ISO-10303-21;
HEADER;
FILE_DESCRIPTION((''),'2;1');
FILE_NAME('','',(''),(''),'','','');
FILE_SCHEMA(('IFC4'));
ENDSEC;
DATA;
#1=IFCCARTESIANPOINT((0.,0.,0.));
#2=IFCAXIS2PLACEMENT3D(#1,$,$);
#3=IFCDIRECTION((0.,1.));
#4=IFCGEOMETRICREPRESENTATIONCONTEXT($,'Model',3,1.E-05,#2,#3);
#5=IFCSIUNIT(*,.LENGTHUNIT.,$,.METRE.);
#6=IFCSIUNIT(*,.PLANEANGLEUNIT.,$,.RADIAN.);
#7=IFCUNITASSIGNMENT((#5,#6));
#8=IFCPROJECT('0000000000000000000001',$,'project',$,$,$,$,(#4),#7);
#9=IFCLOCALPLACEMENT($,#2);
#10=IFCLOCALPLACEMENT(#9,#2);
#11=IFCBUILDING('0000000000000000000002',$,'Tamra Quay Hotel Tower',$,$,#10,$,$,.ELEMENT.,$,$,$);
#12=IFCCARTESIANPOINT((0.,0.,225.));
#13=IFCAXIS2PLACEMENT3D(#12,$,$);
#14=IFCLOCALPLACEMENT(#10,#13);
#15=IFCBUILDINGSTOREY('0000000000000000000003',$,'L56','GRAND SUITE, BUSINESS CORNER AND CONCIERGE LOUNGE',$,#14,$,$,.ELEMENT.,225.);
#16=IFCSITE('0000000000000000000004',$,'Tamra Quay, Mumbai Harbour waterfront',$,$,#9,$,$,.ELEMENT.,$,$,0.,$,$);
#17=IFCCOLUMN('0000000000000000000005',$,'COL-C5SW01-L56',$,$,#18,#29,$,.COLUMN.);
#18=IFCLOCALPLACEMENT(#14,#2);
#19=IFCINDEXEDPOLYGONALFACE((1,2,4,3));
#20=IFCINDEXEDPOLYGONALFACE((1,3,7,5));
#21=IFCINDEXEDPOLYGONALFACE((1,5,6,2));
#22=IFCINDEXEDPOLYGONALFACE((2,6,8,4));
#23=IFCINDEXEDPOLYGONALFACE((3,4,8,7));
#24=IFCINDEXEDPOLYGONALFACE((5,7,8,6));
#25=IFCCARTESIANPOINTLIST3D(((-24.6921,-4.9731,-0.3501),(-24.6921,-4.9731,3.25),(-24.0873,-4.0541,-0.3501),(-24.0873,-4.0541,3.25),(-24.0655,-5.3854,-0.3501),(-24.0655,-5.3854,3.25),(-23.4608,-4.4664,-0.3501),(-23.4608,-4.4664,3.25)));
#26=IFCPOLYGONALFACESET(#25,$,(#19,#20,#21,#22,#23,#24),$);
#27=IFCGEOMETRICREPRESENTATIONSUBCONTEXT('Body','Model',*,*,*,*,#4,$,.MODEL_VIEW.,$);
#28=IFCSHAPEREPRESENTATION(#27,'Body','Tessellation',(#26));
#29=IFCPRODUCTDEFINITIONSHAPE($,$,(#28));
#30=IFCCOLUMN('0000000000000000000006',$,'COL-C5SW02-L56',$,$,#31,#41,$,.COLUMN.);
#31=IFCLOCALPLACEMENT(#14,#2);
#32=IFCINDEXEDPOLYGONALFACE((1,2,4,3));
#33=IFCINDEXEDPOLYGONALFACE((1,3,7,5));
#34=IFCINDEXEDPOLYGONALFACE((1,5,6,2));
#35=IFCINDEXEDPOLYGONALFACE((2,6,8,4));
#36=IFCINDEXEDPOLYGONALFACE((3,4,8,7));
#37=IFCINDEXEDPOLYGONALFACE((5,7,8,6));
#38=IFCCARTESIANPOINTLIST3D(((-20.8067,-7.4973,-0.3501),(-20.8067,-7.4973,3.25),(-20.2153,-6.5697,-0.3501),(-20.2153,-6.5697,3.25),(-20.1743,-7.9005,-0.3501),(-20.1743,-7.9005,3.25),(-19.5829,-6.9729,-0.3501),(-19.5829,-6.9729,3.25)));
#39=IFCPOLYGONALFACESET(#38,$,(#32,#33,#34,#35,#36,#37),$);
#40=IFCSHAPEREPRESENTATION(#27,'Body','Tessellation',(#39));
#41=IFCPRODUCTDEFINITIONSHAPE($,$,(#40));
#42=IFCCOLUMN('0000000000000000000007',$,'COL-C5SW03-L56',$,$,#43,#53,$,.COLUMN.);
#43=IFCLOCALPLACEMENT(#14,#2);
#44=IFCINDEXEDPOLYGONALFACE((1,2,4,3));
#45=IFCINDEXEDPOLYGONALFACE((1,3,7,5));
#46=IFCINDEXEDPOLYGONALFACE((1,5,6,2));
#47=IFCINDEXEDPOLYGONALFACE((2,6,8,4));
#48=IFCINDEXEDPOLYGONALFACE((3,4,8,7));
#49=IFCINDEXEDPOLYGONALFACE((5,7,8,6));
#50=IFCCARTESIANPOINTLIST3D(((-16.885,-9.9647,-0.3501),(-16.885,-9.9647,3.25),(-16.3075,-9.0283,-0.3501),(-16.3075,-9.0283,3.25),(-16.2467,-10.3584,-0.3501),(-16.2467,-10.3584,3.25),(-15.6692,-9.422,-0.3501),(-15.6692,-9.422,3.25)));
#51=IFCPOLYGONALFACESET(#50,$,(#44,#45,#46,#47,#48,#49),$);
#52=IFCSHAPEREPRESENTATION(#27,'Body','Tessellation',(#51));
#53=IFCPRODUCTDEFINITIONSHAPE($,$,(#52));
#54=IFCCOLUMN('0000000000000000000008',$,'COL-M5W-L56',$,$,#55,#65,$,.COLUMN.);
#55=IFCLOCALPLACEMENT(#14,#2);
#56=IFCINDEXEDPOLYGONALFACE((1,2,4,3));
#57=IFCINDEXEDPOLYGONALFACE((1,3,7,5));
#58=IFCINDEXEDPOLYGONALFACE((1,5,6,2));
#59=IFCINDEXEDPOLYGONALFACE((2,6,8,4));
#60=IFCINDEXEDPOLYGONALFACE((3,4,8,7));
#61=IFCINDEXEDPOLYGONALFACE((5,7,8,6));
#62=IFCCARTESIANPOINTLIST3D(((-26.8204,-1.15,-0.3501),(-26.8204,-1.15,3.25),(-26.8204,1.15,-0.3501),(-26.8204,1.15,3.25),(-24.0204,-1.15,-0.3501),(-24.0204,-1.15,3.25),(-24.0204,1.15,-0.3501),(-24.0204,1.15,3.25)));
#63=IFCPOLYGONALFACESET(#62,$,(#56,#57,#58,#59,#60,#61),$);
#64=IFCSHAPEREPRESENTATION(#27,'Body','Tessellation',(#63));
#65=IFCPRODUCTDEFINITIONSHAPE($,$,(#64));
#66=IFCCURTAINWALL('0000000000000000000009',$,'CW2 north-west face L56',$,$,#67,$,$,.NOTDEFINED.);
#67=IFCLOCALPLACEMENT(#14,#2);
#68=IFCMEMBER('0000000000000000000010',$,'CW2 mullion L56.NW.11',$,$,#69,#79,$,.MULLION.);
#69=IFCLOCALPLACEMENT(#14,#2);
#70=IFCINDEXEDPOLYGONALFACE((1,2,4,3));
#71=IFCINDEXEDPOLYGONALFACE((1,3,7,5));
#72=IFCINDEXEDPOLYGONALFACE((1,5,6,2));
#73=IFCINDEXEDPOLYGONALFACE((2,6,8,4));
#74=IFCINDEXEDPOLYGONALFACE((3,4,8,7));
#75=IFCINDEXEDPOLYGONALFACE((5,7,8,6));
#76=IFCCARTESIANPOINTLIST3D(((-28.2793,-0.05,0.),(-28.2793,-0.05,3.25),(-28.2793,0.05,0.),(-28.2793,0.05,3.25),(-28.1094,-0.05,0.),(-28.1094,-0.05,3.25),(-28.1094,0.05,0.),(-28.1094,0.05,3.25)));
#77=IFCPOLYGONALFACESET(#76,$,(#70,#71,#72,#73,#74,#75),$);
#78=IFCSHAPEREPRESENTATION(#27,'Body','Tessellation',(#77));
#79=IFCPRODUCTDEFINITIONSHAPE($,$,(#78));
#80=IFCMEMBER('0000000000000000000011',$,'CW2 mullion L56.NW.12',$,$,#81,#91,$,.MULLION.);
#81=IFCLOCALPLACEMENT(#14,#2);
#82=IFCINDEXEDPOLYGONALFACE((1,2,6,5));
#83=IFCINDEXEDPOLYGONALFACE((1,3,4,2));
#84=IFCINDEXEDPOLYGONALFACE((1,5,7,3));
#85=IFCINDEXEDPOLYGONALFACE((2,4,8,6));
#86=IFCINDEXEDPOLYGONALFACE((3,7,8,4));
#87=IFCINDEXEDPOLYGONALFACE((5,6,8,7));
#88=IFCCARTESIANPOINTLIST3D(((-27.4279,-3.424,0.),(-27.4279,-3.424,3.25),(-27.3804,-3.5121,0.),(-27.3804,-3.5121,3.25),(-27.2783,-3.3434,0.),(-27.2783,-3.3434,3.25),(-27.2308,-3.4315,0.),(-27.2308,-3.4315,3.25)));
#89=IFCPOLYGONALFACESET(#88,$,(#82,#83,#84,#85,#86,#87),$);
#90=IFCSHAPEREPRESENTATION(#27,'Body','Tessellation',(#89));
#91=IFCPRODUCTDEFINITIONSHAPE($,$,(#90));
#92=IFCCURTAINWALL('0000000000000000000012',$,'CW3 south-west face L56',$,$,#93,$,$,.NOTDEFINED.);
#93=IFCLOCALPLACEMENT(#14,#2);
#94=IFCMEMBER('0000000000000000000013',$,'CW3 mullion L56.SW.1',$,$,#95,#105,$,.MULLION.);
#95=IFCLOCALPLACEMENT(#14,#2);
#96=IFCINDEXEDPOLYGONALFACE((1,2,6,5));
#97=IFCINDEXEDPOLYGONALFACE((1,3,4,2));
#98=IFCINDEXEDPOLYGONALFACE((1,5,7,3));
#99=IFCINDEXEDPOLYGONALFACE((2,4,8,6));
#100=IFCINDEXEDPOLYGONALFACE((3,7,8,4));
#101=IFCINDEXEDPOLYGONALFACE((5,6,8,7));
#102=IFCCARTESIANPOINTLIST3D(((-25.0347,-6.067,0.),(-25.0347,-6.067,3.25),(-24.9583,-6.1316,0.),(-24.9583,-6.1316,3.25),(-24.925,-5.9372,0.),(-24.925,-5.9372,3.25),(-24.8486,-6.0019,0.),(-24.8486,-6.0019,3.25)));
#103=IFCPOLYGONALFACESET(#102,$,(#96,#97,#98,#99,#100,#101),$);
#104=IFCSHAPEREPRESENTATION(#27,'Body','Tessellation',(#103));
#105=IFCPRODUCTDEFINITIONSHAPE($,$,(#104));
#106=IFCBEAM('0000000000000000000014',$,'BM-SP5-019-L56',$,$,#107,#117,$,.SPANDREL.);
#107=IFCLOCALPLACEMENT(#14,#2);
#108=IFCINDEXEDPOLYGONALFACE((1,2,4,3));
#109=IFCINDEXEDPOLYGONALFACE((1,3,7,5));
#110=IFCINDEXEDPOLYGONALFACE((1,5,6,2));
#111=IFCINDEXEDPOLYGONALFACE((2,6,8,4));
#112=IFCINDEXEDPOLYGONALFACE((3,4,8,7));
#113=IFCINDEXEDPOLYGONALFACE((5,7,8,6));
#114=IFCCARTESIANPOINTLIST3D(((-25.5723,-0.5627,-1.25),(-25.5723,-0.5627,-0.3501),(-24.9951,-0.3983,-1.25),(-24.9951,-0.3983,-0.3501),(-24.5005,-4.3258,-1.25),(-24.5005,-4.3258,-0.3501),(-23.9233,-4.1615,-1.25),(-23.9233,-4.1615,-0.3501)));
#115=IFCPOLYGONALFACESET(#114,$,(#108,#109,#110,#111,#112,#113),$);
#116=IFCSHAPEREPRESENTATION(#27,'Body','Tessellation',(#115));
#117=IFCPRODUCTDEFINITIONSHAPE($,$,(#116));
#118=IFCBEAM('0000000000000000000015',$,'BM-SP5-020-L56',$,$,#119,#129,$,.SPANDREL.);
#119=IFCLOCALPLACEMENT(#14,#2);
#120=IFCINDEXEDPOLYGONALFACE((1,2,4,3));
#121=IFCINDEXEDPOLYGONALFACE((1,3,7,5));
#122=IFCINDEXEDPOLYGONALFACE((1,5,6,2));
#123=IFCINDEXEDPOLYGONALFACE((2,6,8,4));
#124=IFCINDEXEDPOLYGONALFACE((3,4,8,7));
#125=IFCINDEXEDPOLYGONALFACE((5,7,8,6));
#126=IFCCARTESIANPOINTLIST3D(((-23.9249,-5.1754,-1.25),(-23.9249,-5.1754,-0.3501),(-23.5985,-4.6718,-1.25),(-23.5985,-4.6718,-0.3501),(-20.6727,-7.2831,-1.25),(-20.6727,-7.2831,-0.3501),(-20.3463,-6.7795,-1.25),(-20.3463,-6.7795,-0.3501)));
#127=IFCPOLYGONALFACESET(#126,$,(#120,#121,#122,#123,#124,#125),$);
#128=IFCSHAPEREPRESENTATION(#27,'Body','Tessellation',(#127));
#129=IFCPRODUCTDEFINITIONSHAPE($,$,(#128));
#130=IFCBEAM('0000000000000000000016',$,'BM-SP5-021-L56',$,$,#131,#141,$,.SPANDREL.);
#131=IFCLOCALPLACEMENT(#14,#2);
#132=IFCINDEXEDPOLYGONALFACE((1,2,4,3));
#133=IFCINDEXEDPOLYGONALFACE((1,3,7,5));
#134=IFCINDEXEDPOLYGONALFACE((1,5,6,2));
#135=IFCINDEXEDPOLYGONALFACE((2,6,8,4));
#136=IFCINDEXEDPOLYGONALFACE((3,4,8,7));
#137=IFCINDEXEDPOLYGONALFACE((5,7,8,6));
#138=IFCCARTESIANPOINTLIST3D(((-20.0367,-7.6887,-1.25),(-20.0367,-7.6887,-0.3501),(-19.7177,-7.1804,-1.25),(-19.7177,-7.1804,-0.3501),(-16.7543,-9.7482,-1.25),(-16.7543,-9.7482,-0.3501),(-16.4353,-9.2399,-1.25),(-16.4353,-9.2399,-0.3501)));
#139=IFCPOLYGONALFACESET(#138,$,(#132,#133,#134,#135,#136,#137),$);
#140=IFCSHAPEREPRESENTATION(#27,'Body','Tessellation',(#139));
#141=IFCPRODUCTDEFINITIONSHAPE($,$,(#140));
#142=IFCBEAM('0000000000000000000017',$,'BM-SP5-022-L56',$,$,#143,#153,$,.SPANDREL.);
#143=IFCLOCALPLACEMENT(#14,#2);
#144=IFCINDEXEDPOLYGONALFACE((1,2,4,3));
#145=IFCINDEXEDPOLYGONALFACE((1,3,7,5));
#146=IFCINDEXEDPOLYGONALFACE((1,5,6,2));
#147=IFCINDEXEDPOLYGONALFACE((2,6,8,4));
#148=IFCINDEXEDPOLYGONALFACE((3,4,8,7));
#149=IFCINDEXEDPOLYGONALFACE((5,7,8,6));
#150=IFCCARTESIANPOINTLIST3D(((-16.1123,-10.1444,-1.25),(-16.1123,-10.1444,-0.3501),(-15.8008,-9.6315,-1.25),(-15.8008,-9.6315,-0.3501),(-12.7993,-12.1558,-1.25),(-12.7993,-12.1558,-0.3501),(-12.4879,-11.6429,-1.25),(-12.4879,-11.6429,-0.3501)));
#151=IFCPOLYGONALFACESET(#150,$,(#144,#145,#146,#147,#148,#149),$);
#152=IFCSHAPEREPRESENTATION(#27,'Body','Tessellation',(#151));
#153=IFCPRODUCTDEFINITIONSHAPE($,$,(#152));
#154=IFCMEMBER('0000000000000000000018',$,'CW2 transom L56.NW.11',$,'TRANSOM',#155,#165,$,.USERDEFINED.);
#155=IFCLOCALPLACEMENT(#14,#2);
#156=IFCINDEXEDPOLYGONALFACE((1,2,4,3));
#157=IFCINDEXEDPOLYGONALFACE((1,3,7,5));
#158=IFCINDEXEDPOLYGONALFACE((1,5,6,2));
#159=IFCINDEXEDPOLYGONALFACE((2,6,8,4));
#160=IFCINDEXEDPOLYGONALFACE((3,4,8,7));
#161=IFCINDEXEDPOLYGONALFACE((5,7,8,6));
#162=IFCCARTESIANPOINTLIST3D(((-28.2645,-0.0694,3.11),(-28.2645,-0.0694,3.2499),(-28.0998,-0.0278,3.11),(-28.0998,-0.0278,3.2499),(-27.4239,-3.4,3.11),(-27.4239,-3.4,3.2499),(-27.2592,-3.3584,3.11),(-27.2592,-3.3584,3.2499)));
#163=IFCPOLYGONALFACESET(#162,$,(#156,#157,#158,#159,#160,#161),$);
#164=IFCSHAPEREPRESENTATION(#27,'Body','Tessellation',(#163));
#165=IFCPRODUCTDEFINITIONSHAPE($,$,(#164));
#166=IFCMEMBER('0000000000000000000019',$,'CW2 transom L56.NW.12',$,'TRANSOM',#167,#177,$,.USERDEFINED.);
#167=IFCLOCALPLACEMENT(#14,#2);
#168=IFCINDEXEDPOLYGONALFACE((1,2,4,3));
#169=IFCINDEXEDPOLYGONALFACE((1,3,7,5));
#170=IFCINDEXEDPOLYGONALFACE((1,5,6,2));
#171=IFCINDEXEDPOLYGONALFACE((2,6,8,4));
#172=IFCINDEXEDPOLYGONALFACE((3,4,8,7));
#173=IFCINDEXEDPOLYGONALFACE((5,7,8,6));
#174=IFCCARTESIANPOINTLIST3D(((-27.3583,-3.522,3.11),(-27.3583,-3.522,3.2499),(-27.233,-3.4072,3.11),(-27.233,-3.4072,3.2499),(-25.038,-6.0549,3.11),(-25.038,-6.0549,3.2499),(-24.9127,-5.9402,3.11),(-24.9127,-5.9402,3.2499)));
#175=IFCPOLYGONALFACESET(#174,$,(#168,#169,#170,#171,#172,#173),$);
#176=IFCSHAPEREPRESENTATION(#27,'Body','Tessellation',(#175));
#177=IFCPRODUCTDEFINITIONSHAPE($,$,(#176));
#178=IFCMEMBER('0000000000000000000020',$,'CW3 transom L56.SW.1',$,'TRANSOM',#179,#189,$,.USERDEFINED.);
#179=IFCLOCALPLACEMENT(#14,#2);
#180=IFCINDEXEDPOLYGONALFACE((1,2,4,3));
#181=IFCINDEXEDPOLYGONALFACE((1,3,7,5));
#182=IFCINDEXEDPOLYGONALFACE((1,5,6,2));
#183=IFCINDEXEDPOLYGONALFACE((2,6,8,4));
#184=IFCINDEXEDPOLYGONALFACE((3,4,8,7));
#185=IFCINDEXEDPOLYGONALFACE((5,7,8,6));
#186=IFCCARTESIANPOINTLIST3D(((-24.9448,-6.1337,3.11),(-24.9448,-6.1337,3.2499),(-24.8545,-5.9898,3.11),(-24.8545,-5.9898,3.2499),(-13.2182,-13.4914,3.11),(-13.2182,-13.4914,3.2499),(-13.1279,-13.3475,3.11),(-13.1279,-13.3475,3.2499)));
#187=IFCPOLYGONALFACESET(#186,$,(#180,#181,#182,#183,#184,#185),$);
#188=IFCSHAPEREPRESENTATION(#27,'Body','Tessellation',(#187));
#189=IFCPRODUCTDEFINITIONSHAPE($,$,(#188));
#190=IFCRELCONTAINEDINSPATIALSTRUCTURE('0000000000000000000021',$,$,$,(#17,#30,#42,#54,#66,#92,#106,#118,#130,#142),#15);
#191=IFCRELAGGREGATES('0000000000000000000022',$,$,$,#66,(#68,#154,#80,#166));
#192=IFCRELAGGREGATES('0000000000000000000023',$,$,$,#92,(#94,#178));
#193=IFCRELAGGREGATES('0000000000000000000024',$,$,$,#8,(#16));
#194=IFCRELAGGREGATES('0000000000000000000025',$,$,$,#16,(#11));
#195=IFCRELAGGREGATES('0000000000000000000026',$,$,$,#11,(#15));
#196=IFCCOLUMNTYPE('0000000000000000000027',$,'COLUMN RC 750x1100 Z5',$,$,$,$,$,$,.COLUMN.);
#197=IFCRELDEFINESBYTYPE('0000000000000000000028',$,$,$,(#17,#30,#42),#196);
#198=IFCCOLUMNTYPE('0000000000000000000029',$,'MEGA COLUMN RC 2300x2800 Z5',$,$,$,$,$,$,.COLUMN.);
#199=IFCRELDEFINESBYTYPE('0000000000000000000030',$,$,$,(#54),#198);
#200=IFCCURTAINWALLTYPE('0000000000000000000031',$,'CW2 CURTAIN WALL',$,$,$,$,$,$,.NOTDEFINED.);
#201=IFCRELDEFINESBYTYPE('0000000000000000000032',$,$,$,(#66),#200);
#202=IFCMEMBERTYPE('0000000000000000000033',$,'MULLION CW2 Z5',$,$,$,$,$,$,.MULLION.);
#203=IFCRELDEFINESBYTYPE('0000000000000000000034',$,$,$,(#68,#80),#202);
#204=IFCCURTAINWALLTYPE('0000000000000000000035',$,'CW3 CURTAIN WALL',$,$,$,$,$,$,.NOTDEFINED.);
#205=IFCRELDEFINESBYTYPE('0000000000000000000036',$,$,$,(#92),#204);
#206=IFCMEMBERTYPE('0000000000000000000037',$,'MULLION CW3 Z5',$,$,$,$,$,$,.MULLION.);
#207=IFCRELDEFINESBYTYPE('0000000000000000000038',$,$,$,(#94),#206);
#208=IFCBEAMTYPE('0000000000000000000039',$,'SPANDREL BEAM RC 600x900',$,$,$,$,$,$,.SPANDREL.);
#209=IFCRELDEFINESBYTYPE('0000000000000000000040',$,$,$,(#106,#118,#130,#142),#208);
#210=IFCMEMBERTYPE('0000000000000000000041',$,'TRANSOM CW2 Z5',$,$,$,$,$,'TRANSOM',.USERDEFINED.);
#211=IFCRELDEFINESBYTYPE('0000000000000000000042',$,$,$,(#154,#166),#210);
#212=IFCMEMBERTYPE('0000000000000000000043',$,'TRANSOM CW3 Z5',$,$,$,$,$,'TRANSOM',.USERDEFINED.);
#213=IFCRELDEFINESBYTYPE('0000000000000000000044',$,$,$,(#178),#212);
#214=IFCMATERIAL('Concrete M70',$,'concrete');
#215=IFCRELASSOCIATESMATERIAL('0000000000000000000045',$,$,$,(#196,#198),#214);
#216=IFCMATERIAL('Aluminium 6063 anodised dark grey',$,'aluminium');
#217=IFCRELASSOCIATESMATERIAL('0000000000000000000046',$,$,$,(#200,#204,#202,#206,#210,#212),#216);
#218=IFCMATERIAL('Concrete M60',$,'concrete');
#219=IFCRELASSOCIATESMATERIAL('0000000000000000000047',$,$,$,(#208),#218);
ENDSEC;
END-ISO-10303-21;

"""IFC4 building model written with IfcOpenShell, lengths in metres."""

from ifc_helpers import new_model, si_unit, direction, frame, origin, origin_2d, place, context, subcontext, project, spatial, rectangle, extrude, material, material_profile, profile_set, type_object, element, aggregate, save


model = new_model("IFC4")

# Units and contexts
model_context = context("Model", 3, precision=1e-05, world=origin(), true_north=direction((0.0, 1.0)))
body_context = subcontext(model_context, "Body", "Model", "MODEL_VIEW")
ifc_project = project(units=[si_unit("LENGTHUNIT", "METRE"), si_unit("PLANEANGLEUNIT", "RADIAN")], contexts=[model_context])

# Site, building, storey
site_placement = place(None, origin())
site = spatial("IfcSite", under=ifc_project, at=site_placement, Name="Tamra Quay, Mumbai Harbour waterfront", CompositionType="ELEMENT", RefElevation=0.0)
building_placement = place(site_placement, origin())
building = spatial("IfcBuilding", under=site, at=building_placement, Name="Tamra Quay Hotel Tower", CompositionType="ELEMENT")
storey_placement = place(building_placement, frame((0.0, 0.0, 225.0)))
storey = spatial("IfcBuildingStorey", under=building, at=storey_placement, Name="L56", Description="GRAND SUITE, BUSINESS CORNER AND CONCIERGE LOUNGE", CompositionType="ELEMENT", Elevation=225.0)

# Columns
ifc_material_1 = material(Name="Concrete M70", Category="concrete")
ifc_material_profile_1 = material_profile(ifc_material_1, rectangle(XDim=1.1001, YDim=0.75, at=origin_2d()), Name="COLUMN RC 750x1100 Z5")
ifc_profile_set_1 = profile_set([ifc_material_profile_1], Name="Concrete M70")
column_type_1 = type_object("IfcColumnType", Name="COLUMN RC 750x1100 Z5", PredefinedType="COLUMN", material=ifc_profile_set_1)
for number, where, z_axis, x_axis, name in (
    (1, (-24.0764, -4.7197, -0.3501), (0.0, 0.0, 1.0), (0.549739, 0.835337, 0.0), "COL-C5SW01-L56"),
    (2, (-20.1948, -7.2351, -0.3501), (0.0, 0.0, 1.0), (0.537585, 0.843209, 0.0), "COL-C5SW02-L56"),
    (3, (-16.2771, -9.6934, -0.3501), (0.0, 0.0, 1.0), (0.524928, 0.851147, 0.0), "COL-C5SW03-L56"),
):
    element("IfcColumn", number, at=place(storey_placement, frame(where, z_axis=z_axis, x_axis=x_axis)), inside=storey, type_object=column_type_1, Name=name, PredefinedType="COLUMN", context=body_context, shape_type="SweptSolid", body=[
        extrude(rectangle(XDim=1.1001, YDim=0.75, at=origin_2d()), origin(), (0.0, 0.0, 1.0), 3.6001),
    ])
ifc_material_profile_2 = material_profile(ifc_material_1, rectangle(XDim=2.8, YDim=2.3, at=origin_2d()), Name="MEGA COLUMN RC 2300x2800 Z5")
ifc_profile_set_2 = profile_set([ifc_material_profile_2], Name="Concrete M70")
column_type_2 = type_object("IfcColumnType", Name="MEGA COLUMN RC 2300x2800 Z5", PredefinedType="COLUMN", material=ifc_profile_set_2)
column_placement = place(storey_placement, frame((-25.4204, 0.0, -0.3501), z_axis=(0.0, 0.0, 1.0), x_axis=(1.0, 0.0, 0.0)))
element("IfcColumn", 4, at=column_placement, inside=storey, type_object=column_type_2, Name="COL-M5W-L56", PredefinedType="COLUMN", context=body_context, shape_type="SweptSolid", body=[
    extrude(rectangle(XDim=2.8, YDim=2.3, at=origin_2d()), origin(), (0.0, 0.0, 1.0), 3.6001),
])

# Curtain wall, members
ifc_material_2 = material(Name="Aluminium 6063 anodised dark grey", Category="aluminium")
curtain_wall_type_1 = type_object("IfcCurtainWallType", Name="CW2 CURTAIN WALL", PredefinedType="NOTDEFINED", material=ifc_material_2)
curtain_wall_1_placement = place(storey_placement, origin())
curtain_wall_1 = element("IfcCurtainWall", 5, at=curtain_wall_1_placement, inside=storey, type_object=curtain_wall_type_1, Name="CW2 north-west face L56", PredefinedType="NOTDEFINED")
ifc_material_profile_3 = material_profile(ifc_material_2, rectangle(XDim=0.1699, YDim=0.1001, at=origin_2d()), Name="MULLION 100X170")
ifc_profile_set_3 = profile_set([ifc_material_profile_3], Name="Aluminium 6063 anodised dark grey")
member_type_1 = type_object("IfcMemberType", Name="MULLION CW2 Z5", PredefinedType="MULLION", material=ifc_profile_set_3)
member_1_placement = place(storey_placement, frame((-28.1943, 0.0, 0.0), z_axis=(0.0, 0.0, 1.0), x_axis=(-1.0, 0.0, 0.0)))
member_1 = element("IfcMember", 6, at=member_1_placement, type_object=member_type_1, Name="CW2 mullion L56.NW.11", PredefinedType="MULLION", context=body_context, shape_type="SweptSolid", body=[
    extrude(rectangle(XDim=0.1699, YDim=0.1001, at=origin_2d()), origin(), (0.0, 0.0, 1.0), 3.25),
])
member_2_placement = place(storey_placement, frame((-27.3293, -3.4277, 0.0), z_axis=(0.0, 0.0, 1.0), x_axis=(-0.880267, -0.474479, 0.0)))
member_2 = element("IfcMember", 7, at=member_2_placement, type_object=member_type_1, Name="CW2 mullion L56.NW.12", PredefinedType="MULLION", context=body_context, shape_type="SweptSolid", body=[
    extrude(rectangle(XDim=0.1699, YDim=0.1001, at=origin_2d()), origin(), (0.0, 0.0, 1.0), 3.25),
])

# Curtain wall, member
curtain_wall_type_2 = type_object("IfcCurtainWallType", Name="CW3 CURTAIN WALL", PredefinedType="NOTDEFINED", material=ifc_material_2)
curtain_wall_2_placement = place(storey_placement, origin())
curtain_wall_2 = element("IfcCurtainWall", 8, at=curtain_wall_2_placement, inside=storey, type_object=curtain_wall_type_2, Name="CW3 south-west face L56", PredefinedType="NOTDEFINED")
ifc_material_profile_4 = material_profile(ifc_material_2, rectangle(XDim=0.1699, YDim=0.1001, at=origin_2d()), Name="MULLION 100X170")
ifc_profile_set_4 = profile_set([ifc_material_profile_4], Name="Aluminium 6063 anodised dark grey")
member_type_2 = type_object("IfcMemberType", Name="MULLION CW3 Z5", PredefinedType="MULLION", material=ifc_profile_set_4)
member_3_placement = place(storey_placement, frame((-24.9417, -6.0344, 0.0), z_axis=(0.0, 0.0, 1.0), x_axis=(-0.645846, -0.763467, 0.0)))
member_3 = element("IfcMember", 9, at=member_3_placement, type_object=member_type_2, Name="CW3 mullion L56.SW.1", PredefinedType="MULLION", context=body_context, shape_type="SweptSolid", body=[
    extrude(rectangle(XDim=0.1699, YDim=0.1001, at=origin_2d()), origin(), (0.0, 0.0, 1.0), 3.25),
])

# Beams
ifc_material_3 = material(Name="Concrete M60", Category="concrete")
ifc_material_profile_5 = material_profile(ifc_material_3, rectangle(XDim=0.6001, YDim=0.8999, at=origin_2d()), Name="SPANDREL BEAM RC 600x900")
ifc_profile_set_5 = profile_set([ifc_material_profile_5], Name="Concrete M60")
beam_type = type_object("IfcBeamType", Name="SPANDREL BEAM RC 600x900", PredefinedType="SPANDREL", material=ifc_profile_set_5)
beam_1_placement = place(storey_placement, frame((-25.2837, -0.4805, -0.8), z_axis=(0.273913, -0.961754, 0.0), x_axis=(0.961754, 0.273913, 0.0)))
element("IfcBeam", 10, at=beam_1_placement, inside=storey, type_object=beam_type, Name="BM-SP5-019-L56", PredefinedType="SPANDREL", context=body_context, shape_type="SweptSolid", body=[
    extrude(rectangle(XDim=0.6001, YDim=0.8999, at=origin_2d()), origin(), (0.0, 0.0, 1.0), 3.9128),
])
beam_2_placement = place(storey_placement, frame((-23.7617, -4.9236, -0.8), z_axis=(0.839181, -0.543852, 0.0), x_axis=(0.543852, 0.839181, 0.0)))
element("IfcBeam", 11, at=beam_2_placement, inside=storey, type_object=beam_type, Name="BM-SP5-020-L56", PredefinedType="SPANDREL", context=body_context, shape_type="SweptSolid", body=[
    extrude(rectangle(XDim=0.6001, YDim=0.8999, at=origin_2d()), origin(), (0.0, 0.0, 1.0), 3.8755),
])
beam_3_placement = place(storey_placement, frame((-19.8772, -7.4346, -0.8), z_axis=(0.847066, -0.531488, 0.0), x_axis=(0.531488, 0.847066, 0.0)))
element("IfcBeam", 12, at=beam_3_placement, inside=storey, type_object=beam_type, Name="BM-SP5-021-L56", PredefinedType="SPANDREL", context=body_context, shape_type="SweptSolid", body=[
    extrude(rectangle(XDim=0.6001, YDim=0.8999, at=origin_2d()), origin(), (0.0, 0.0, 1.0), 3.875),
])
beam_4_placement = place(storey_placement, frame((-15.9565, -9.8879, -0.8), z_axis=(0.854786, -0.518981, 0.0), x_axis=(0.518981, 0.854786, 0.0)))
element("IfcBeam", 13, at=beam_4_placement, inside=storey, type_object=beam_type, Name="BM-SP5-022-L56", PredefinedType="SPANDREL", context=body_context, shape_type="SweptSolid", body=[
    extrude(rectangle(XDim=0.6001, YDim=0.8999, at=origin_2d()), origin(), (0.0, 0.0, 1.0), 3.8757),
])

# Members
ifc_material_profile_6 = material_profile(ifc_material_2, rectangle(XDim=0.1699, YDim=0.1399, at=origin_2d()), Name="TRANSOM 170X140")
ifc_profile_set_6 = profile_set([ifc_material_profile_6], Name="Aluminium 6063 anodised dark grey")
member_type_3 = type_object("IfcMemberType", Name="TRANSOM CW2 Z5", ElementType="TRANSOM", PredefinedType="USERDEFINED", material=ifc_profile_set_6)
member_4_placement = place(storey_placement, frame((-28.1821, -0.0486, 3.1799), z_axis=(0.244709, -0.969597, 0.0), x_axis=(0.969597, 0.244709, 0.0)))
member_4 = element("IfcMember", 14, at=member_4_placement, type_object=member_type_3, Name="CW2 transom L56.NW.11", ObjectType="TRANSOM", PredefinedType="USERDEFINED", context=body_context, shape_type="SweptSolid", body=[
    extrude(rectangle(XDim=0.1699, YDim=0.1399, at=origin_2d()), origin(), (0.0, 0.0, 1.0), 3.4351),
])
member_5_placement = place(storey_placement, frame((-27.2957, -3.4646, 3.1799), z_axis=(0.675477, -0.737381, 0.0), x_axis=(0.737381, 0.675477, 0.0)))
member_5 = element("IfcMember", 15, at=member_5_placement, type_object=member_type_3, Name="CW2 transom L56.NW.12", ObjectType="TRANSOM", PredefinedType="USERDEFINED", context=body_context, shape_type="SweptSolid", body=[
    extrude(rectangle(XDim=0.1699, YDim=0.1399, at=origin_2d()), origin(), (0.0, 0.0, 1.0), 3.4351),
])
ifc_material_profile_7 = material_profile(ifc_material_2, rectangle(XDim=0.1699, YDim=0.1399, at=origin_2d()), Name="TRANSOM 170X140")
ifc_profile_set_7 = profile_set([ifc_material_profile_7], Name="Aluminium 6063 anodised dark grey")
member_type_4 = type_object("IfcMemberType", Name="TRANSOM CW3 Z5", ElementType="TRANSOM", PredefinedType="USERDEFINED", material=ifc_profile_set_7)
member_6_placement = place(storey_placement, frame((-24.8997, -6.0618, 3.1799), z_axis=(0.84707, -0.531482, 0.0), x_axis=(0.531482, 0.84707, 0.0)))
member_6 = element("IfcMember", 16, at=member_6_placement, type_object=member_type_4, Name="CW3 transom L56.SW.1", ObjectType="TRANSOM", PredefinedType="USERDEFINED", context=body_context, shape_type="SweptSolid", body=[
    extrude(rectangle(XDim=0.1699, YDim=0.1399, at=origin_2d()), origin(), (0.0, 0.0, 1.0), 13.8438),
])

aggregate(curtain_wall_1, [member_1, member_4, member_2, member_5])
aggregate(curtain_wall_2, [member_3, member_6])

save(model, "model.ifc")
